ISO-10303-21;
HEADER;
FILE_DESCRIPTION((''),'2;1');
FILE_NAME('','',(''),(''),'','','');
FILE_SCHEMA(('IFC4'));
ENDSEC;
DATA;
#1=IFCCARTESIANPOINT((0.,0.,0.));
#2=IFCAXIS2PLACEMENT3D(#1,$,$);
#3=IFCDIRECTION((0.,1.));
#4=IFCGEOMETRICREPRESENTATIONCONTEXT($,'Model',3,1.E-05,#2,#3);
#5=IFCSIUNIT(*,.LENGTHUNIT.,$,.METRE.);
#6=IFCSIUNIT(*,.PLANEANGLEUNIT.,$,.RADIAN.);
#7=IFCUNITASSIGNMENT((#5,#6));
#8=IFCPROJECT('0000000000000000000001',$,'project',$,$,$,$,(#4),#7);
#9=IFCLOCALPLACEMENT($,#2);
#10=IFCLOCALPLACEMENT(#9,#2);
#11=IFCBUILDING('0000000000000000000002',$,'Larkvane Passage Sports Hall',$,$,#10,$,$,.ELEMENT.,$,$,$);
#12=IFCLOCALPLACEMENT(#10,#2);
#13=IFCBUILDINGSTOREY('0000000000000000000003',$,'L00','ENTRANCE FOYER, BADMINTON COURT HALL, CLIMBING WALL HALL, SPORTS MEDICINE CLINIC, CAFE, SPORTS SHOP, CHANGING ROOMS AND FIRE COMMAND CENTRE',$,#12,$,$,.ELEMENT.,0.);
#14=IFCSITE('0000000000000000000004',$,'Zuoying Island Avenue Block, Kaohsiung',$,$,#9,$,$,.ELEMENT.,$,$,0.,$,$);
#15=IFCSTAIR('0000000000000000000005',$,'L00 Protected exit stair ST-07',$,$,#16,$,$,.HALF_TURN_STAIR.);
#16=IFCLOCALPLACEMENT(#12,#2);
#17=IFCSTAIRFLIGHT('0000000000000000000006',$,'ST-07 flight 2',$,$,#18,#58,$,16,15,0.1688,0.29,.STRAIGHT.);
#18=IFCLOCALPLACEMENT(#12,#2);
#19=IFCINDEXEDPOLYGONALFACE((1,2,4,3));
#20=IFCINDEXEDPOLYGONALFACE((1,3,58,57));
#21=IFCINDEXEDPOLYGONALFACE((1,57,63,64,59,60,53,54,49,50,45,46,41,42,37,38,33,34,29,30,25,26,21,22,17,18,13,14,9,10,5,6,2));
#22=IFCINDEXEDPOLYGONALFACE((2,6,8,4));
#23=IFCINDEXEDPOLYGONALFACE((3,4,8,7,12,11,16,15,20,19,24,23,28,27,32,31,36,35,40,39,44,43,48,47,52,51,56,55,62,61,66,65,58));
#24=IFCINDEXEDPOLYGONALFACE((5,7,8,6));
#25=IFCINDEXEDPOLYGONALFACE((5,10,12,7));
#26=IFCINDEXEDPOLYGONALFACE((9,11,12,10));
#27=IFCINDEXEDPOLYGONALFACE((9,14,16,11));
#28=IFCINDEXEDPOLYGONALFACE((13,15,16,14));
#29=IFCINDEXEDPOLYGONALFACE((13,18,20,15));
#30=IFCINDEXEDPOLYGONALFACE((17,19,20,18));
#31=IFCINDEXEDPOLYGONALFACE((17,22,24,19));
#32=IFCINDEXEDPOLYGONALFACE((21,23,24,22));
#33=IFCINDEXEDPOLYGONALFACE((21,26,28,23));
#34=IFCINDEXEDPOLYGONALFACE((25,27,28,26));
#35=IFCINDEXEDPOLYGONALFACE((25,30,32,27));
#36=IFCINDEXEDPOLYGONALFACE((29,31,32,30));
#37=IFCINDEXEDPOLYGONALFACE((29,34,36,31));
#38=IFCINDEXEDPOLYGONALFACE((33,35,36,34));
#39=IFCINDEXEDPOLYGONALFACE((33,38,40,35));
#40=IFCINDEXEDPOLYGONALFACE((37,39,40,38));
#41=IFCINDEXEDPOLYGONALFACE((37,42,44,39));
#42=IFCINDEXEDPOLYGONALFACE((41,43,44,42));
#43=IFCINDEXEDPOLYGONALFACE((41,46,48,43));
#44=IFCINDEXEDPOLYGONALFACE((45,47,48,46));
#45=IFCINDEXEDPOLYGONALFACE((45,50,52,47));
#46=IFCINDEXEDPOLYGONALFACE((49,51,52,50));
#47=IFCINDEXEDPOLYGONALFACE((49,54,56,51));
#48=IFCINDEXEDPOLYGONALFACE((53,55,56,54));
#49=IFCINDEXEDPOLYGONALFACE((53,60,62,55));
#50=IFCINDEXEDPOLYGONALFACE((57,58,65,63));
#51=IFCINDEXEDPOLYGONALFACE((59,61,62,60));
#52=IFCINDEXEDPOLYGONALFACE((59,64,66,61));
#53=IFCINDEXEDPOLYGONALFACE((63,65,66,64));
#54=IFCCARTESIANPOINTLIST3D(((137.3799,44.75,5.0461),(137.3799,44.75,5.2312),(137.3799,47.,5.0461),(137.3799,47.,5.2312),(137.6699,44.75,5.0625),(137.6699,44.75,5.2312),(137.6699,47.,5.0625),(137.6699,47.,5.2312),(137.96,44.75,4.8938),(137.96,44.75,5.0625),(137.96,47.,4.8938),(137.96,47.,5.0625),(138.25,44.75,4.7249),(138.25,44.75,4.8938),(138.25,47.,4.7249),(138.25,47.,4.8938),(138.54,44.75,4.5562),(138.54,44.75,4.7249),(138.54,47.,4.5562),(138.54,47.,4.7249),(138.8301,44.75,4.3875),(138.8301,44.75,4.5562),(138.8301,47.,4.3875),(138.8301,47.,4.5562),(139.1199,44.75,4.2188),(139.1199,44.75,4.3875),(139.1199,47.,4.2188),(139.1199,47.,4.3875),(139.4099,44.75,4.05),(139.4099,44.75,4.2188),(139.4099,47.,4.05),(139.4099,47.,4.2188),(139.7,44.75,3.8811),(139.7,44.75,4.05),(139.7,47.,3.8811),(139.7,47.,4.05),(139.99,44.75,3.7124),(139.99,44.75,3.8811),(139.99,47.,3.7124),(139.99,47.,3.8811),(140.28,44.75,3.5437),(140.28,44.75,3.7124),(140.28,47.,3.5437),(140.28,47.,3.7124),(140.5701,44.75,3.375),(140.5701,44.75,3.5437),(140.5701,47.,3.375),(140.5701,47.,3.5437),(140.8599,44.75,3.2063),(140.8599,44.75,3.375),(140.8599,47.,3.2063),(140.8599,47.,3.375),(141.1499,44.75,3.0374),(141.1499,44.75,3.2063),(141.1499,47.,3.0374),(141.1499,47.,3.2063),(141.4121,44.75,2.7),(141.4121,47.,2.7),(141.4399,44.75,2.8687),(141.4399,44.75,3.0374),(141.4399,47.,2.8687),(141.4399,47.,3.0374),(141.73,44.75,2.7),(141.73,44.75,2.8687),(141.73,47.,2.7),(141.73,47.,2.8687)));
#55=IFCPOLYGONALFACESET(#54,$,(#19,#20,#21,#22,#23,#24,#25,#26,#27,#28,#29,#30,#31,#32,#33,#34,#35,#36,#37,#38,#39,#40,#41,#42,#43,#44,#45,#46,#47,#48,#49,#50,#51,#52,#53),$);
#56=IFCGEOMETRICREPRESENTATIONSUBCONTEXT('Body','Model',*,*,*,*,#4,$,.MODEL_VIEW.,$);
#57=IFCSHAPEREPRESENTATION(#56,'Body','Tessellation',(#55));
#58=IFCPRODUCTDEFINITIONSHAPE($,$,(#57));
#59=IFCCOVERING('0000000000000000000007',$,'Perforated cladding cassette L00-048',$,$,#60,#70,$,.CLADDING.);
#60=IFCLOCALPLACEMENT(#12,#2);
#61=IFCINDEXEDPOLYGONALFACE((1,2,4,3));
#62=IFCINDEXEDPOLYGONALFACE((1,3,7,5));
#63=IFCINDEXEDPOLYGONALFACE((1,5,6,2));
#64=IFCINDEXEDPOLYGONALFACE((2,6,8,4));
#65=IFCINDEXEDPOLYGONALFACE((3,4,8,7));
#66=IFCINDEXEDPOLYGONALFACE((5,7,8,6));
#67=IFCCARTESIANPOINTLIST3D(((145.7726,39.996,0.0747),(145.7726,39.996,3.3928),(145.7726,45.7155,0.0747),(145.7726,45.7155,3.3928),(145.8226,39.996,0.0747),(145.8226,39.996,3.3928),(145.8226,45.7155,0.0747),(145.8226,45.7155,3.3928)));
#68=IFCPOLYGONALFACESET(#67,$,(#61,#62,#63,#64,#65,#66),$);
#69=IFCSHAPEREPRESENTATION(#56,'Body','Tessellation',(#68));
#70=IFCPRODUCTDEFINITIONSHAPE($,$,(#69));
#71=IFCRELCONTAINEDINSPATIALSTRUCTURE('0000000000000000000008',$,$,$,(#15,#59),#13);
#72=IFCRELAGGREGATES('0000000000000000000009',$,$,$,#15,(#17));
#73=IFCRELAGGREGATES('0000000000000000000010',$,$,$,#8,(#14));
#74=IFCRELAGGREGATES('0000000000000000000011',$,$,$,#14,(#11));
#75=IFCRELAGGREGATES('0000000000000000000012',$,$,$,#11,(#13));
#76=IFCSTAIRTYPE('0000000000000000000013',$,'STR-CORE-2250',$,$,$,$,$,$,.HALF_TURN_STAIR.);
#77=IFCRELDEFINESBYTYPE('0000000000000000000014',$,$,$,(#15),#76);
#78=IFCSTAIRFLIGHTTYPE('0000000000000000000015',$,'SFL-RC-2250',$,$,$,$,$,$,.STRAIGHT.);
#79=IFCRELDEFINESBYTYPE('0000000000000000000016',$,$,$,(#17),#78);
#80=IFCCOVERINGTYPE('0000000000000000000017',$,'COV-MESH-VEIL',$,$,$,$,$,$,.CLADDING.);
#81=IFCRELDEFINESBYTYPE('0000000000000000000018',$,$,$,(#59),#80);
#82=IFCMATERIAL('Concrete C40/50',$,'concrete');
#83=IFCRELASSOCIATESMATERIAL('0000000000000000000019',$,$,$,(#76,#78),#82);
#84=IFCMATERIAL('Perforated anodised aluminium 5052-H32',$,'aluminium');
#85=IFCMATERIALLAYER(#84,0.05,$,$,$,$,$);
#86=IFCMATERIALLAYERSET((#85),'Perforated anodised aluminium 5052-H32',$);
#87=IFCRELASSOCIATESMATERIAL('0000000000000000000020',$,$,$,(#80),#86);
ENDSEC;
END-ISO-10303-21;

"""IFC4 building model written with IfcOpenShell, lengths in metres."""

from ifc_helpers import new_model, si_unit, direction, frame, origin, origin_2d, place, context, subcontext, project, spatial, polyline, rectangle, outline, extrude, material, layer, layer_set, type_object, element, aggregate, save


model = new_model("IFC4")

# Units and contexts
model_context = context("Model", 3, precision=1e-05, world=origin(), true_north=direction((0.0, 1.0)))
body_context = subcontext(model_context, "Body", "Model", "MODEL_VIEW")
ifc_project = project(units=[si_unit("LENGTHUNIT", "METRE"), si_unit("PLANEANGLEUNIT", "RADIAN")], contexts=[model_context])

# Site, building, storey
site_placement = place(None, origin())
site = spatial("IfcSite", under=ifc_project, at=site_placement, Name="Zuoying Island Avenue Block, Kaohsiung", CompositionType="ELEMENT", RefElevation=0.0)
building_placement = place(site_placement, origin())
building = spatial("IfcBuilding", under=site, at=building_placement, Name="Larkvane Passage Sports Hall", CompositionType="ELEMENT")
storey_placement = place(building_placement, origin())
storey = spatial("IfcBuildingStorey", under=building, at=storey_placement, Name="L00", Description="ENTRANCE FOYER, BADMINTON COURT HALL, CLIMBING WALL HALL, SPORTS MEDICINE CLINIC, CAFE, SPORTS SHOP, CHANGING ROOMS AND FIRE COMMAND CENTRE", CompositionType="ELEMENT", Elevation=0.0)

# Shared definitions
ifc_material_1 = material(Name="Concrete C40/50", Category="concrete")

# Stair, stair flight
stair_type = type_object("IfcStairType", Name="STR-CORE-2250", PredefinedType="HALF_TURN_STAIR", material=ifc_material_1)
stair_placement = place(storey_placement, origin())
stair = element("IfcStair", 1, at=stair_placement, inside=storey, type_object=stair_type, Name="L00 Protected exit stair ST-07", PredefinedType="HALF_TURN_STAIR")
stair_flight_type = type_object("IfcStairFlightType", Name="SFL-RC-2250", PredefinedType="STRAIGHT", material=ifc_material_1)
stair_flight_1_placement = place(storey_placement, frame((141.73, 45.875, 2.7), z_axis=(0.0, 0.0, 1.0), x_axis=(-1.0, 0.0, 0.0)))
stair_flight_1 = element("IfcStairFlight", 2, at=stair_flight_1_placement, type_object=stair_flight_type, Name="ST-07 flight 2", NumberOfRisers=16, NumberOfTreads=15, PredefinedType="STRAIGHT", RiserHeight=0.1688, TreadLength=0.29, context=body_context, shape_type="SweptSolid", body=[
    extrude(outline(polyline([(0.0, 0.0), (0.0, 0.1687), (0.29, 0.1687), (0.29, 0.3374), (0.5801, 0.3374), (0.5801, 0.5063), (0.8701, 0.5063), (0.8701, 0.675), (1.1599, 0.675), (1.1599, 0.8438), (1.45, 0.8438), (1.45, 1.0125), (1.74, 1.0125), (1.74, 1.1812), (2.03, 1.1812), (2.03, 1.3501), (2.3201, 1.3501), (2.3201, 1.5188), (2.6101, 1.5188), (2.6101, 1.6875), (2.8999, 1.6875), (2.8999, 1.8562), (3.1899, 1.8562), (3.1899, 2.0249), (3.48, 2.0249), (3.48, 2.1938), (3.77, 2.1938), (3.77, 2.3625), (4.0601, 2.3625), (4.0601, 2.5312), (4.3501, 2.5312), (4.3501, 2.7), (4.3501, 2.3462), (0.3179, 0.0), (0.0, 0.0)])), frame((0.0, 1.125, 0.0), z_axis=(0.0, -1.0, 0.0), x_axis=(1.0, 0.0, 0.0)), (0.0, 0.0, 1.0), 2.25),
])
aggregate(stair, [stair_flight_1])

# Covering
ifc_material_2 = material(Name="Perforated anodised aluminium 5052-H32", Category="aluminium")
ifc_layer_1 = layer(ifc_material_2, 0.05)
ifc_layer_set_1 = layer_set([ifc_layer_1], Name="Perforated anodised aluminium 5052-H32")
covering_type = type_object("IfcCoveringType", Name="COV-MESH-VEIL", PredefinedType="CLADDING", material=ifc_layer_set_1)
covering_placement = place(storey_placement, frame((145.7976, 42.8557, 0.0747), z_axis=(0.0, 0.0, 1.0), x_axis=(0.0, -1.0, 0.0)))
element("IfcCovering", 3, at=covering_placement, inside=storey, type_object=covering_type, Name="Perforated cladding cassette L00-048", PredefinedType="CLADDING", context=body_context, shape_type="SweptSolid", body=[
    extrude(rectangle(XDim=5.7195, YDim=0.05, at=origin_2d()), origin(), (0.0, 0.0, 1.0), 3.3181),
])

save(model, "model.ifc")
